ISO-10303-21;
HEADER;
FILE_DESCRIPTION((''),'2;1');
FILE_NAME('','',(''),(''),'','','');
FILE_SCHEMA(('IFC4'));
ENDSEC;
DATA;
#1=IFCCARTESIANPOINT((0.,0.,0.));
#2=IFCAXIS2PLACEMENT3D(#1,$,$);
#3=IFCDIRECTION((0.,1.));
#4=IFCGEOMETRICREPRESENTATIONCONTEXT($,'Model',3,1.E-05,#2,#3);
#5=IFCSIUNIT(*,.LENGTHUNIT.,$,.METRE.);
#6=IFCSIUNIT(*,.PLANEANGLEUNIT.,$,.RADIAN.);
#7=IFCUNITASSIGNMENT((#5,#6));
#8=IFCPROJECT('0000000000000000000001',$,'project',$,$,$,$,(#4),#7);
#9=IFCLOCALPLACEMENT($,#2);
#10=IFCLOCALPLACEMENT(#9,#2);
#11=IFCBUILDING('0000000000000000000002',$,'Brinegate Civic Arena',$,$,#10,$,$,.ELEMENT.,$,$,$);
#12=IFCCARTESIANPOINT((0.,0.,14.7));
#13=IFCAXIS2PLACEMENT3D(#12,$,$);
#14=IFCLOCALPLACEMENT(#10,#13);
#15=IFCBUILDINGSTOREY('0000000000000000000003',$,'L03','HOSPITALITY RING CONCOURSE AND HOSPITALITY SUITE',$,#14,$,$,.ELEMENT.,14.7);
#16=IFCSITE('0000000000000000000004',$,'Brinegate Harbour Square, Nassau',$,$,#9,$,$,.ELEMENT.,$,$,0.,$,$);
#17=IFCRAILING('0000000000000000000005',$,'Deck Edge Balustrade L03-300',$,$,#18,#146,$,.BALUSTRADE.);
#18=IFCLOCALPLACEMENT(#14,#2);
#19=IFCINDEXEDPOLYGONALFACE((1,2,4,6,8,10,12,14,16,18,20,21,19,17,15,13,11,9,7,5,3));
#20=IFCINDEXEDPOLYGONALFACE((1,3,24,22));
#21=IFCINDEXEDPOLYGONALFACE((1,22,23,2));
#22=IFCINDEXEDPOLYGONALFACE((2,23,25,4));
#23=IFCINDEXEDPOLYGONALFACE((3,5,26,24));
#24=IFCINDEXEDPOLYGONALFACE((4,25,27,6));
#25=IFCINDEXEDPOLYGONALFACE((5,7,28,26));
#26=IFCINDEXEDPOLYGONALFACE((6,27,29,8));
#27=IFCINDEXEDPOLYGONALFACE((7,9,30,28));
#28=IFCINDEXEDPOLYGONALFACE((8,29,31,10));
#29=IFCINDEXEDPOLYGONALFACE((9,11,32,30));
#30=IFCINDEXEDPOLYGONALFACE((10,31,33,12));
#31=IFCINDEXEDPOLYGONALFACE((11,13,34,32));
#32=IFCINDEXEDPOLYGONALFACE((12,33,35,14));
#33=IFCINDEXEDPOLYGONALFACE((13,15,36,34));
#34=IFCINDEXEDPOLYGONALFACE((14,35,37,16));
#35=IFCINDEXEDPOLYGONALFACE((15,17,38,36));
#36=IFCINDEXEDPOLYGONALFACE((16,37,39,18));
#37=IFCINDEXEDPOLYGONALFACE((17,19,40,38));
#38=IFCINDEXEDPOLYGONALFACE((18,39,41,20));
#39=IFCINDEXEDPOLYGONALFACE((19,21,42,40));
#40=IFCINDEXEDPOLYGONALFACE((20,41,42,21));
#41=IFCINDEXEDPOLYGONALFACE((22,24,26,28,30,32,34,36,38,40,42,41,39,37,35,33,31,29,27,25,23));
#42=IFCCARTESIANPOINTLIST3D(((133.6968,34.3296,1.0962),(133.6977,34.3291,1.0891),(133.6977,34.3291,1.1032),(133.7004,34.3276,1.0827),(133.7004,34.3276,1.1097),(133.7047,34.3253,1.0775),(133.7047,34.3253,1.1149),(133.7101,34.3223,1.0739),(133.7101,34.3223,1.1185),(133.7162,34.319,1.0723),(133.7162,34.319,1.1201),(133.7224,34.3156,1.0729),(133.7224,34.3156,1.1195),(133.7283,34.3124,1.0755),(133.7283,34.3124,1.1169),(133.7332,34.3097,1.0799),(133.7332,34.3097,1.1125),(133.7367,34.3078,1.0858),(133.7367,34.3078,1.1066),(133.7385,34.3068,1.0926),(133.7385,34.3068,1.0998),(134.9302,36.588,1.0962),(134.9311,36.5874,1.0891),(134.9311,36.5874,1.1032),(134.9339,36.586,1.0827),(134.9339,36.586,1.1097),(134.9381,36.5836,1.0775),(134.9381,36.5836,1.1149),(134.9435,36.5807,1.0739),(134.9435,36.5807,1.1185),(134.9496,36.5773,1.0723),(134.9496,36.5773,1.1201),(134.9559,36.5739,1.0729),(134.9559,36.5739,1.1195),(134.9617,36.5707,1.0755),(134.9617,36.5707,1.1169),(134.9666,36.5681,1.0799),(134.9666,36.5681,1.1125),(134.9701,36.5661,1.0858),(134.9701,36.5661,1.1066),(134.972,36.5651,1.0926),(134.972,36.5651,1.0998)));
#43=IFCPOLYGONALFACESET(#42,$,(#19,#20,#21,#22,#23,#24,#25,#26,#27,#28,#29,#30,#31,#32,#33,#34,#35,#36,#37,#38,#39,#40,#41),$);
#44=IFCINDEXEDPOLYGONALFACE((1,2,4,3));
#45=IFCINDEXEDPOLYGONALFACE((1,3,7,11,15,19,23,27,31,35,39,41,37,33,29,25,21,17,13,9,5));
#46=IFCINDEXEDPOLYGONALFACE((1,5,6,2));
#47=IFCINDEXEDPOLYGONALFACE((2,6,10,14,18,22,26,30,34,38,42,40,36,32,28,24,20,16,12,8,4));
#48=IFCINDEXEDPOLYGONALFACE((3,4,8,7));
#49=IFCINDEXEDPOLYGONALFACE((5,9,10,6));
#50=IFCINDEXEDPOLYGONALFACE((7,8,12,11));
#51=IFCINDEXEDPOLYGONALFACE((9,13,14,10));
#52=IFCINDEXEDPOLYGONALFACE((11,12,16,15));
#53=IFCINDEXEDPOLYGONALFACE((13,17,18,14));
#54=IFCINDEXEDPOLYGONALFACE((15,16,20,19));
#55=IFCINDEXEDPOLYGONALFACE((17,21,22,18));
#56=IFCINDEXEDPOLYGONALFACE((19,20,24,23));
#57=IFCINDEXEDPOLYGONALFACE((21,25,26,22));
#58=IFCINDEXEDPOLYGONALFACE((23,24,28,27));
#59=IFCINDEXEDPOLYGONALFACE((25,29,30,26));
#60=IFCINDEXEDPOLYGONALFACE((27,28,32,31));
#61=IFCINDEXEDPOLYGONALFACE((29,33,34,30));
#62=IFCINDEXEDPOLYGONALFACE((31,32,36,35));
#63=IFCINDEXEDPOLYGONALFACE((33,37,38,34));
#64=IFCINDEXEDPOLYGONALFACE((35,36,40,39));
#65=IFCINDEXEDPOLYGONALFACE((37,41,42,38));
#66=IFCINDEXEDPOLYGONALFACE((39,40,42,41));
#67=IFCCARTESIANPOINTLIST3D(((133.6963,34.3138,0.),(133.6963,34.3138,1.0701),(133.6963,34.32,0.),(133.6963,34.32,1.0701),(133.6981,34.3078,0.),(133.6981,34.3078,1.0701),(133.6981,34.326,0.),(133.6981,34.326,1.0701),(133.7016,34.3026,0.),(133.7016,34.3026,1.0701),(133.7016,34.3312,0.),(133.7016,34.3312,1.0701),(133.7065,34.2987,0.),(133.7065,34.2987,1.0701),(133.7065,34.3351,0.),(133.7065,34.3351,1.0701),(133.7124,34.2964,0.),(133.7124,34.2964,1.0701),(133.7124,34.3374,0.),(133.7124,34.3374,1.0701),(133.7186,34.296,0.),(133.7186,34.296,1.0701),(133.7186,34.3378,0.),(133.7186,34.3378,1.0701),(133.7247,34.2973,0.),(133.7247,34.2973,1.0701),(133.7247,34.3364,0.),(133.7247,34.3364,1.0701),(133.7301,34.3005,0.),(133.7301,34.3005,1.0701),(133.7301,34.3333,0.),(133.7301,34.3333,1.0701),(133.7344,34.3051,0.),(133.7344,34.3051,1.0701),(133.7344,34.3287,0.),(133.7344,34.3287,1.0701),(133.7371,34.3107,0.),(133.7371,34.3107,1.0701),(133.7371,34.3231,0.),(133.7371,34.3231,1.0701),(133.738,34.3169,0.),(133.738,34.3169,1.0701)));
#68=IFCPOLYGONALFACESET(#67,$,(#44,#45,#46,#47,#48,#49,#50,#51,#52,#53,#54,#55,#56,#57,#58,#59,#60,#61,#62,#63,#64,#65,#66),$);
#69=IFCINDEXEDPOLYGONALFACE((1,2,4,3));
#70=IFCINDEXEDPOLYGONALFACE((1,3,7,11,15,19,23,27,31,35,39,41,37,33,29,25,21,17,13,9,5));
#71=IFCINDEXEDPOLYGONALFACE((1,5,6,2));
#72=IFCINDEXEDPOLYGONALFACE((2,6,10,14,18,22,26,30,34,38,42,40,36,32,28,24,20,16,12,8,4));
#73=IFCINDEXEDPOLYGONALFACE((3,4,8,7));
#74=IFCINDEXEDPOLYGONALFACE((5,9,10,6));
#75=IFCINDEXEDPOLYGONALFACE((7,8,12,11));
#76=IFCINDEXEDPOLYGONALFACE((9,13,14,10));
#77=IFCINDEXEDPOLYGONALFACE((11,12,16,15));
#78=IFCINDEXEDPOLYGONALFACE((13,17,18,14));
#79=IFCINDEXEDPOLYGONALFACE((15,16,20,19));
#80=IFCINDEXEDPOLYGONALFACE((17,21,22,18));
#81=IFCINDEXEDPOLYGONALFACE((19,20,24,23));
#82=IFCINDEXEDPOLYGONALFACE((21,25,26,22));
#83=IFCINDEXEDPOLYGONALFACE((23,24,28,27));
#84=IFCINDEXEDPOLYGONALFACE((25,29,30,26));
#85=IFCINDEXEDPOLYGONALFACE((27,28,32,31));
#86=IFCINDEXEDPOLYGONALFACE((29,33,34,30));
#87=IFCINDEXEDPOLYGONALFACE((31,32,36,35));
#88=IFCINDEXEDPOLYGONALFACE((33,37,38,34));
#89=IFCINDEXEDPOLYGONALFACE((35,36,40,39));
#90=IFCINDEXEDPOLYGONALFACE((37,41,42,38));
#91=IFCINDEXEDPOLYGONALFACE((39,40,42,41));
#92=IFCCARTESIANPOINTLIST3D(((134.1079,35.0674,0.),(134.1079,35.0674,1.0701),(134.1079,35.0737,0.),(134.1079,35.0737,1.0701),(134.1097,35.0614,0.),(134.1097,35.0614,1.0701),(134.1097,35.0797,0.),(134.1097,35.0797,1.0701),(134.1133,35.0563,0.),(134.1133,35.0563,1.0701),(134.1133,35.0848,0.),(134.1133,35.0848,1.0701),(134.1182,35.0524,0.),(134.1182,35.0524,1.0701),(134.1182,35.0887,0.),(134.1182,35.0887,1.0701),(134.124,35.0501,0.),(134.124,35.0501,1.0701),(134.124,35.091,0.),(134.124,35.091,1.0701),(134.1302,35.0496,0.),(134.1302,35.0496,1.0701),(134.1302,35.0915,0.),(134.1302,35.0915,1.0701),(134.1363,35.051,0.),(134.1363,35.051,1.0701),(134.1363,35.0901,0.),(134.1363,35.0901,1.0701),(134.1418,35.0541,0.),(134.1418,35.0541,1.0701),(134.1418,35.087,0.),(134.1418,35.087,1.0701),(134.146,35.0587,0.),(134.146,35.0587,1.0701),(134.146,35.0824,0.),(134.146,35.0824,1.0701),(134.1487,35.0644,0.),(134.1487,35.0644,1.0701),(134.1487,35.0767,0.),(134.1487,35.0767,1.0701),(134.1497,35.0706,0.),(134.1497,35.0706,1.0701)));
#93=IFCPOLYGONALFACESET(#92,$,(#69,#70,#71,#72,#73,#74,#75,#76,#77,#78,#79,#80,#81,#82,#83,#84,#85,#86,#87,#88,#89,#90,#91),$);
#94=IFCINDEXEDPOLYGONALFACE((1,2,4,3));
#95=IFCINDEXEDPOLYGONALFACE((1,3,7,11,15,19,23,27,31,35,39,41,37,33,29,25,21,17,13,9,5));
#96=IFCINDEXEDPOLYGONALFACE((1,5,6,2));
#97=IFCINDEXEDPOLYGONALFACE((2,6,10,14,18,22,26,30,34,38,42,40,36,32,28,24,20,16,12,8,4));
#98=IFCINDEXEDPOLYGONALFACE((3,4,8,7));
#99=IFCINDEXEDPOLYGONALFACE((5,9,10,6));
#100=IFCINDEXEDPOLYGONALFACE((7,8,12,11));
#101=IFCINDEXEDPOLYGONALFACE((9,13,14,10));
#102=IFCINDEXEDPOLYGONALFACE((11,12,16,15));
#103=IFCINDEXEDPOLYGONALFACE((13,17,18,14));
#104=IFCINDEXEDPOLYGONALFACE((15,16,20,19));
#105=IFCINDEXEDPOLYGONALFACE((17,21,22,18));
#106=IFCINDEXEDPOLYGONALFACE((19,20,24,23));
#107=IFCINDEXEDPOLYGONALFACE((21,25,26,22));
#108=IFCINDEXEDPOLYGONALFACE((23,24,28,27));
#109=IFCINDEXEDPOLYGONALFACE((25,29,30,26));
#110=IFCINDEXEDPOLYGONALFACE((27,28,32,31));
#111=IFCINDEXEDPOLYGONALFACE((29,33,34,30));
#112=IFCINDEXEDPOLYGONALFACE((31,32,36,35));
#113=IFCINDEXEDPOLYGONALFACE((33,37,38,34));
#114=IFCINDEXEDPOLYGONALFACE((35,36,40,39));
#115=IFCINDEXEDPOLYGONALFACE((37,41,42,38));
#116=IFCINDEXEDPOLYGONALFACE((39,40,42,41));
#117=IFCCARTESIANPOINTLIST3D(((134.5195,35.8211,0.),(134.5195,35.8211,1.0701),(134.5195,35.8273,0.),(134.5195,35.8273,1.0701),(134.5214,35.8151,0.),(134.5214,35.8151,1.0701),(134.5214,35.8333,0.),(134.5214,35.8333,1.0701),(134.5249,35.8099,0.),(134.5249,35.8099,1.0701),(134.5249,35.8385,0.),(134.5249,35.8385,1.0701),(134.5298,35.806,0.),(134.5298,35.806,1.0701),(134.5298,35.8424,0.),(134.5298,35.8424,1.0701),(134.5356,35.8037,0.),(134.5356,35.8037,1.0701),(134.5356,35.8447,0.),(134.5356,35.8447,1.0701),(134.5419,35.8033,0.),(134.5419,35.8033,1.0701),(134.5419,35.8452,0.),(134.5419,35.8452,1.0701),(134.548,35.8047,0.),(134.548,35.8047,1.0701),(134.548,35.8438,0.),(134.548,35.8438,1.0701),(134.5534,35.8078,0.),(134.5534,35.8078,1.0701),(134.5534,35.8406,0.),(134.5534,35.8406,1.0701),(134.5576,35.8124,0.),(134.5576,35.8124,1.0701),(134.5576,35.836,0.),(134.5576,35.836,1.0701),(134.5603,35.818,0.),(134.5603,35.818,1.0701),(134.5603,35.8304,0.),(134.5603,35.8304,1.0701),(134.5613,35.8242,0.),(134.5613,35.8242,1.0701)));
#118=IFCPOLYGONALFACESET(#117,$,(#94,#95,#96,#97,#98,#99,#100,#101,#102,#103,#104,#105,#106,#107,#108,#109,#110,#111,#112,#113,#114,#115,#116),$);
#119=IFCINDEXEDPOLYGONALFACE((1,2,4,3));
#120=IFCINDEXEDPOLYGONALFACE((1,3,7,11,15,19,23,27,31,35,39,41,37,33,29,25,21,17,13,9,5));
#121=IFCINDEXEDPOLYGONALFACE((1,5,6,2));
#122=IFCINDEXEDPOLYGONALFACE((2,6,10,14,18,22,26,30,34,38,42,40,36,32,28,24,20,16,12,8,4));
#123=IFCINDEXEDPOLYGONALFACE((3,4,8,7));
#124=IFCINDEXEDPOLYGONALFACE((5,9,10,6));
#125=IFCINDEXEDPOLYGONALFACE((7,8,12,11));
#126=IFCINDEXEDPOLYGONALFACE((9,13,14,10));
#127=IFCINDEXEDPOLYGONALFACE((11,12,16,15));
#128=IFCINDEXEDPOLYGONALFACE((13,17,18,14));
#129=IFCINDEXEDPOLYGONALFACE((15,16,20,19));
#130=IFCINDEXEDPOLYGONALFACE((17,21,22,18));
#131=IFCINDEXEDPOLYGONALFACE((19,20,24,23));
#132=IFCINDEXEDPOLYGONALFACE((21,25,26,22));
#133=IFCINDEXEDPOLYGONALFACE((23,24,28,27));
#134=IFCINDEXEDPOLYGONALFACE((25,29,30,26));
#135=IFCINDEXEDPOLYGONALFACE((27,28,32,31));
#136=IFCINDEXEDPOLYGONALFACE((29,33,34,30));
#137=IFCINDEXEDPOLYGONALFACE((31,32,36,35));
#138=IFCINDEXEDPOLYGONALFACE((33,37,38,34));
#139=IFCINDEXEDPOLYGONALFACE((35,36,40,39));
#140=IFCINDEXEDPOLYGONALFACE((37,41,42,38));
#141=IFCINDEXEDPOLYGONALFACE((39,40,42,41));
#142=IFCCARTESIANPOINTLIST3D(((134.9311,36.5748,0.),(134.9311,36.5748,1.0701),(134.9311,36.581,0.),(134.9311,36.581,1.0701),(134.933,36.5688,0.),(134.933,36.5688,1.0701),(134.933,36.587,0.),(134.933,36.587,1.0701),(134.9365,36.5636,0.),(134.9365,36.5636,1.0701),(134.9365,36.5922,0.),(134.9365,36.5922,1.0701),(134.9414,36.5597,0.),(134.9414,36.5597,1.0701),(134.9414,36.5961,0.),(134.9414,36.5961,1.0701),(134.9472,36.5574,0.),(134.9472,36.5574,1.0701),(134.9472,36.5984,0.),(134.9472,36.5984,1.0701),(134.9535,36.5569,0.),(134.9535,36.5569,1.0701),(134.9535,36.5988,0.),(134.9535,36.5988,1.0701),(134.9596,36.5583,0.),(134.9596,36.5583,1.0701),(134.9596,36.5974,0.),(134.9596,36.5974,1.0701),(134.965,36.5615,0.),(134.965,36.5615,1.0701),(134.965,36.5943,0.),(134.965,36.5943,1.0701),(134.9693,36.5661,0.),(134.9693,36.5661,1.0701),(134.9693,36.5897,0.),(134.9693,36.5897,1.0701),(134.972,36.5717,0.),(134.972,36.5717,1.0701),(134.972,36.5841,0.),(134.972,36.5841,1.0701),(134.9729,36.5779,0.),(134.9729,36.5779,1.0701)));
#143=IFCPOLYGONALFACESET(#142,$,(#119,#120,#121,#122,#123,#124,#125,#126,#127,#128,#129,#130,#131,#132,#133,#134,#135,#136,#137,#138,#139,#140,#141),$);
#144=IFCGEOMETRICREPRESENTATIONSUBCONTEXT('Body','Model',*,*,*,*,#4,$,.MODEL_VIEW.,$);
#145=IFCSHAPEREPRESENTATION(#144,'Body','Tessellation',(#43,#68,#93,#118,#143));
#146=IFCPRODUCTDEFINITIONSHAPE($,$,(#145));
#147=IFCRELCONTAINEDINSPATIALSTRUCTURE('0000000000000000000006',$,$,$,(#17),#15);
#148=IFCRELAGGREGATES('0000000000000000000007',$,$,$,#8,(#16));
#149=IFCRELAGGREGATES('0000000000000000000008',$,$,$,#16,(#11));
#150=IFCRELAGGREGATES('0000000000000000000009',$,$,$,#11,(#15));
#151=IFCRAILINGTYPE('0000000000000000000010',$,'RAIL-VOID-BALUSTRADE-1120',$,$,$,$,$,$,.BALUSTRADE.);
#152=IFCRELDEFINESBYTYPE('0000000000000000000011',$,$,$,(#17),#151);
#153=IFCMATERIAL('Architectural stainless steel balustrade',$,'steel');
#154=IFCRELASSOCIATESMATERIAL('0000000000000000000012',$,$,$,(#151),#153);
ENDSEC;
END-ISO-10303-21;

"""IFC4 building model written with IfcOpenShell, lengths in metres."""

from ifc_helpers import new_model, si_unit, direction, frame, origin, origin_2d, place, context, subcontext, project, spatial, circle, extrude, material, type_object, element, save


model = new_model("IFC4")

# Units and contexts
model_context = context("Model", 3, precision=1e-05, world=origin(), true_north=direction((0.0, 1.0)))
body_context = subcontext(model_context, "Body", "Model", "MODEL_VIEW")
ifc_project = project(units=[si_unit("LENGTHUNIT", "METRE"), si_unit("PLANEANGLEUNIT", "RADIAN")], contexts=[model_context])

# Site, building, storey
site_placement = place(None, origin())
site = spatial("IfcSite", under=ifc_project, at=site_placement, Name="Brinegate Harbour Square, Nassau", CompositionType="ELEMENT", RefElevation=0.0)
building_placement = place(site_placement, origin())
building = spatial("IfcBuilding", under=site, at=building_placement, Name="Brinegate Civic Arena", CompositionType="ELEMENT")
storey_placement = place(building_placement, frame((0.0, 0.0, 14.7)))
storey = spatial("IfcBuildingStorey", under=building, at=storey_placement, Name="L03", Description="HOSPITALITY RING CONCOURSE AND HOSPITALITY SUITE", CompositionType="ELEMENT", Elevation=14.7)

# Railing
ifc_material_1 = material(Name="Architectural stainless steel balustrade", Category="steel")
railing_type = type_object("IfcRailingType", Name="RAIL-VOID-BALUSTRADE-1120", PredefinedType="BALUSTRADE", material=ifc_material_1)
railing_1_placement = place(storey_placement, frame((133.717, 34.3169, 0.0)))
element("IfcRailing", 1, at=railing_1_placement, inside=storey, type_object=railing_type, Name="Deck Edge Balustrade L03-300", PredefinedType="BALUSTRADE", context=body_context, shape_type="SweptSolid", body=[
    extrude(circle(Radius=0.0239, at=origin_2d()), frame((0.0007, 0.0012, 1.0962), z_axis=(0.47933, 0.877635, 0.0), x_axis=(-0.877635, 0.47933, 0.0)), (0.0, 0.0, 1.0), 2.5732),
    extrude(circle(Radius=0.021, at=origin_2d()), origin(), (0.0, 0.0, 1.0), 1.0701),
    extrude(circle(Radius=0.021, at=origin_2d()), frame((0.4116, 0.7537, 0.0)), (0.0, 0.0, 1.0), 1.0701),
    extrude(circle(Radius=0.021, at=origin_2d()), frame((0.8232, 1.5073, 0.0)), (0.0, 0.0, 1.0), 1.0701),
    extrude(circle(Radius=0.021, at=origin_2d()), frame((1.2349, 2.261, 0.0)), (0.0, 0.0, 1.0), 1.0701),
])

save(model, "model.ifc")
